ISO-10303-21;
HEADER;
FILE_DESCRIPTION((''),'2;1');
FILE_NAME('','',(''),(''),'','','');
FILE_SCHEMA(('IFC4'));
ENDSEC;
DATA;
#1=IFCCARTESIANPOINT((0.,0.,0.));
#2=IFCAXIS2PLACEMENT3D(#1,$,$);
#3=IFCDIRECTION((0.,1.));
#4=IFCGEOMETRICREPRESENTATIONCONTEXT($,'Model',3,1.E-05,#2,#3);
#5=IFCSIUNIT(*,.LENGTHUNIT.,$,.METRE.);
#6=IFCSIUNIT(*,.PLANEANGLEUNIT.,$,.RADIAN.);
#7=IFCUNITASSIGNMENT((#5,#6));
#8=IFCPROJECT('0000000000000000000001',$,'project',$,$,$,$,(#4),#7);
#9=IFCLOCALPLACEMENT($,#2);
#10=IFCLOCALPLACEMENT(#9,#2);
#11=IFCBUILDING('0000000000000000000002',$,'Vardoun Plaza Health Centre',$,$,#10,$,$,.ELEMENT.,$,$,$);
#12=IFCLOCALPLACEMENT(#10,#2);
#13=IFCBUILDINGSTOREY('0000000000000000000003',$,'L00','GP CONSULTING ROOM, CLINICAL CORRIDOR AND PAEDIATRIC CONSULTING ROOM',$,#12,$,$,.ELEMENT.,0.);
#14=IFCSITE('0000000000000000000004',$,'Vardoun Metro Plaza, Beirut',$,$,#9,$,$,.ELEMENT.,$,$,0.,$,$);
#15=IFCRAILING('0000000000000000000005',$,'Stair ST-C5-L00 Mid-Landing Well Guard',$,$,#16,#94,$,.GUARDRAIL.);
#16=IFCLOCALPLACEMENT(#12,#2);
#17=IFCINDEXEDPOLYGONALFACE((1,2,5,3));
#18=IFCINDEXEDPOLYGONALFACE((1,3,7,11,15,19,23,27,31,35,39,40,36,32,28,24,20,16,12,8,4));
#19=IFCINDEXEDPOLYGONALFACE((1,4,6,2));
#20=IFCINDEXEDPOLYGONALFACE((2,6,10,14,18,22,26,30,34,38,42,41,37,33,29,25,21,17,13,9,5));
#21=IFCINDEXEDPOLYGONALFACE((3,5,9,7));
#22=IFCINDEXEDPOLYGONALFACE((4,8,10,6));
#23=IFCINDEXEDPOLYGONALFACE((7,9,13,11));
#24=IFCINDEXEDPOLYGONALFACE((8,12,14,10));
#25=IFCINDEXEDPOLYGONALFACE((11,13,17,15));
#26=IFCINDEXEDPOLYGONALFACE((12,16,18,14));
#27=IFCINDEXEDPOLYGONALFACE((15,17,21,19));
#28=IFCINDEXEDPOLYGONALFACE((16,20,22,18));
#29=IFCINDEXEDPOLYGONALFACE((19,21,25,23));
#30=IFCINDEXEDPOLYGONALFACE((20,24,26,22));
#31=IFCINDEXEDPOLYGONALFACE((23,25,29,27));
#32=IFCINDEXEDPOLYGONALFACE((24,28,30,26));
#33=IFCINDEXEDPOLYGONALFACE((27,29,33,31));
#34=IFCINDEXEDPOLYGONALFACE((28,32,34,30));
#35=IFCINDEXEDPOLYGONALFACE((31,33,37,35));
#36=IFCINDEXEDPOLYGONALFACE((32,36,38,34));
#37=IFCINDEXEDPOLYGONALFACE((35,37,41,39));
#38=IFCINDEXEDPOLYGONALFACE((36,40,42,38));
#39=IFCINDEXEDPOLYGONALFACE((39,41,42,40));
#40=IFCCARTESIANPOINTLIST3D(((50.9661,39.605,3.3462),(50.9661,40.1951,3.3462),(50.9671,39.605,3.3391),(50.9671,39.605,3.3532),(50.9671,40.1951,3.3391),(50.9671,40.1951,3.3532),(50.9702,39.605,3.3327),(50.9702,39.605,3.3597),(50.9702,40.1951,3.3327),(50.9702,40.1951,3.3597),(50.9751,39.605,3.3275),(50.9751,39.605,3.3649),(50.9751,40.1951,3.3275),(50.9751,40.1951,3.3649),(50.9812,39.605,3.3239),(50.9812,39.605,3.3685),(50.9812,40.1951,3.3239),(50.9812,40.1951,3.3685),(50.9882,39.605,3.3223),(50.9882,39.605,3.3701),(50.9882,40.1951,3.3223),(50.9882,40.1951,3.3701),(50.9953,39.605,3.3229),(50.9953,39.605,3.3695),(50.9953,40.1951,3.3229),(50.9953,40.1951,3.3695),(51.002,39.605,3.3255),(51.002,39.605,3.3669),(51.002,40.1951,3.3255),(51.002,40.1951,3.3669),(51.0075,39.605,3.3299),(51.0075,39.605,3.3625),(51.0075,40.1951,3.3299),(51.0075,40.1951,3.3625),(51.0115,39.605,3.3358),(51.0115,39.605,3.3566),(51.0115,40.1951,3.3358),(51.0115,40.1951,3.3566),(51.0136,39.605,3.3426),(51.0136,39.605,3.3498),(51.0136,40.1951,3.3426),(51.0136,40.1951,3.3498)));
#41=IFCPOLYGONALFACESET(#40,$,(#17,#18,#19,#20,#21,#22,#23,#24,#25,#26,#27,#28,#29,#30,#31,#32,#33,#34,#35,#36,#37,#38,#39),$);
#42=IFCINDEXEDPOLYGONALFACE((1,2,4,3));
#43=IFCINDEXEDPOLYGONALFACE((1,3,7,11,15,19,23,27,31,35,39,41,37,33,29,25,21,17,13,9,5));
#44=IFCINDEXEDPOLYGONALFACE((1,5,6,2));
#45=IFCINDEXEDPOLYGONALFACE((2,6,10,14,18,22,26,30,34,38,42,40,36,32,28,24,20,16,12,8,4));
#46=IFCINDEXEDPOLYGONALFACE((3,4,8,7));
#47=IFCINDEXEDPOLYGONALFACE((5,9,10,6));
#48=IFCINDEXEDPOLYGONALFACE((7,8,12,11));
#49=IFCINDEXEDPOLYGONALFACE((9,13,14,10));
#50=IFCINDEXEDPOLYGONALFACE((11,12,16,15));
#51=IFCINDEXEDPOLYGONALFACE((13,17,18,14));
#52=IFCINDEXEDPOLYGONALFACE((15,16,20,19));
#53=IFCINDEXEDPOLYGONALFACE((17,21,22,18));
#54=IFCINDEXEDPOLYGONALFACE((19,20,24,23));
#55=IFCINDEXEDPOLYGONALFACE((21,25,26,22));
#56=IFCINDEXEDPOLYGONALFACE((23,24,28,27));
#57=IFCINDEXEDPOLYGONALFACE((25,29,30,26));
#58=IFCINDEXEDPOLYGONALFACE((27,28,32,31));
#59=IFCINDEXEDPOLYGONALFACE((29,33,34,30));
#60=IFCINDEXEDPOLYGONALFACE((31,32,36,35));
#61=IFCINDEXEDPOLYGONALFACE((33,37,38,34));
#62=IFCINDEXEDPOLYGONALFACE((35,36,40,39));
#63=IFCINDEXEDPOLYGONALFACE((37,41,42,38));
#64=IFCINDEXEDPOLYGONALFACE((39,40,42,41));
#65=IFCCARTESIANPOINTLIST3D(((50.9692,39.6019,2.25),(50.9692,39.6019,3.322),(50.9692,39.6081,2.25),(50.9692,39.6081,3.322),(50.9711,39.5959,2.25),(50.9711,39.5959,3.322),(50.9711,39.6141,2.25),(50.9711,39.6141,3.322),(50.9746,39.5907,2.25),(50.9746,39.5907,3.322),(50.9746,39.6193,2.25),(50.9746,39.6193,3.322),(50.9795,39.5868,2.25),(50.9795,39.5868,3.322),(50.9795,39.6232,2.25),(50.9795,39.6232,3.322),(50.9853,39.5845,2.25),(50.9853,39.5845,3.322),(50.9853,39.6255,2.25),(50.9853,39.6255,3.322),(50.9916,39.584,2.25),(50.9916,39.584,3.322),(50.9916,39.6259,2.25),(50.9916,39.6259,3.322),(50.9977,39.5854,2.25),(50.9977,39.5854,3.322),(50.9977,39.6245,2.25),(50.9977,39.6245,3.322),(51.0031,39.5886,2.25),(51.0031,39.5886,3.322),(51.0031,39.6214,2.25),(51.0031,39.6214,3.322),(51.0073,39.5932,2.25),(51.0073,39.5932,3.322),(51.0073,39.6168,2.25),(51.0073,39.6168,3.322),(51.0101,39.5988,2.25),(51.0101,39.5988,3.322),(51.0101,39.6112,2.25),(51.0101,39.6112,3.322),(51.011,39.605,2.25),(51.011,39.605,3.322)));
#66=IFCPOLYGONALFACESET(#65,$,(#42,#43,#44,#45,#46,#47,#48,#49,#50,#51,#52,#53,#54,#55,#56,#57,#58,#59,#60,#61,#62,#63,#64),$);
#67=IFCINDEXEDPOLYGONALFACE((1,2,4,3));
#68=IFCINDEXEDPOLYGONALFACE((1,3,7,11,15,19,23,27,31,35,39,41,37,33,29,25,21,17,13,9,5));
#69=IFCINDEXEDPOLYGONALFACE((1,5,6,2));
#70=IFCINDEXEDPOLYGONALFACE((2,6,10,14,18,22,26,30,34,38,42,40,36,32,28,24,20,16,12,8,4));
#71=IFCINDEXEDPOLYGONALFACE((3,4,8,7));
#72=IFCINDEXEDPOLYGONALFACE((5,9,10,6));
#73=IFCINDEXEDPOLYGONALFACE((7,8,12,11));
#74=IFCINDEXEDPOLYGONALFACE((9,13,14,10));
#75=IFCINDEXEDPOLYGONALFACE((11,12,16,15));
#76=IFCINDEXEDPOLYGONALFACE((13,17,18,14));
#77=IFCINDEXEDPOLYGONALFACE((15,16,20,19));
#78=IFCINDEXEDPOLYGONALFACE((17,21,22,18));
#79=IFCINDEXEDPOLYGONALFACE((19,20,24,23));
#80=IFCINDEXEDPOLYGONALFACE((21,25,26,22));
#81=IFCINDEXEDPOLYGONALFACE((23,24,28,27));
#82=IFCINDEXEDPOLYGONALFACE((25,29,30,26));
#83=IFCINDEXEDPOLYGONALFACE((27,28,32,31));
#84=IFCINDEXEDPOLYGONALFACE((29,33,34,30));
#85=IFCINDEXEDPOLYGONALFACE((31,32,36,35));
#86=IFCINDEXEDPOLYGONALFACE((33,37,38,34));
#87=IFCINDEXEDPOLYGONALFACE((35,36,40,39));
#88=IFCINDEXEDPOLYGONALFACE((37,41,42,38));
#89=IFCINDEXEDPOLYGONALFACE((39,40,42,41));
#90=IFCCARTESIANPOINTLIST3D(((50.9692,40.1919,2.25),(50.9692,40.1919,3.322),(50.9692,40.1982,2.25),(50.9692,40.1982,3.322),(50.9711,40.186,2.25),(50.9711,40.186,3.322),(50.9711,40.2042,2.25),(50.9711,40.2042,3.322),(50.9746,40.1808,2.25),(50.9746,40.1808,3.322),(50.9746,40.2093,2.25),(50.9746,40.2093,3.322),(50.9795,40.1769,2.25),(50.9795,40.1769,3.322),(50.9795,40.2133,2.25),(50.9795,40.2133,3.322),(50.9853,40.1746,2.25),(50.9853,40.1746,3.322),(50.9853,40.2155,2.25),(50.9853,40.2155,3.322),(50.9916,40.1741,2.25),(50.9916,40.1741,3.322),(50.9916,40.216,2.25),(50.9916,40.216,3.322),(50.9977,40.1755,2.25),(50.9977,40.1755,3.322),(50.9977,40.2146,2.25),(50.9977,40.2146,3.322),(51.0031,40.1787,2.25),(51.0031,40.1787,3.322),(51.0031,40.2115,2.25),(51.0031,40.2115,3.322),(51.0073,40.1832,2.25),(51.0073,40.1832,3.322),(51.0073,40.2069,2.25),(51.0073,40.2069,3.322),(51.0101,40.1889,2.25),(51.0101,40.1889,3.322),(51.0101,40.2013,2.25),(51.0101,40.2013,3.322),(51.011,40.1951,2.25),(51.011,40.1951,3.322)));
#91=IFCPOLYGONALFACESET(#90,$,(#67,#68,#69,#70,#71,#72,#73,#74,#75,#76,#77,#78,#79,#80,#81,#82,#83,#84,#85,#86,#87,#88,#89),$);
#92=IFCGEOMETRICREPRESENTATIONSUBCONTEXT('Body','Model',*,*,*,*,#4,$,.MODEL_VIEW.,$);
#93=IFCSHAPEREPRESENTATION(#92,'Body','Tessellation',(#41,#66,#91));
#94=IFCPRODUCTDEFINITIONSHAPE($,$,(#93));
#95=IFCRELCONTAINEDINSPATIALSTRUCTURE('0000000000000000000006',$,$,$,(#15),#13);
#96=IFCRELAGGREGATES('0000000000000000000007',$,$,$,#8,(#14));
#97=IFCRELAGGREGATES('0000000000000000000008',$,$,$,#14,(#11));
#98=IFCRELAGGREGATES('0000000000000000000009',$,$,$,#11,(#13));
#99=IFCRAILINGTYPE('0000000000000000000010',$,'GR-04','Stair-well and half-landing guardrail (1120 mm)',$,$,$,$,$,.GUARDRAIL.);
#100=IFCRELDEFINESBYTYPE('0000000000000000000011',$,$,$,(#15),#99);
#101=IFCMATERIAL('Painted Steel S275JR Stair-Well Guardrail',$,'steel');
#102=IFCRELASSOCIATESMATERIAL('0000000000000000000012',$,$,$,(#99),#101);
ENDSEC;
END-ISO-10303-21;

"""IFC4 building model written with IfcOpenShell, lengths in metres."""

from ifc_helpers import new_model, si_unit, direction, frame, origin, origin_2d, place, context, subcontext, project, spatial, circle, extrude, material, type_object, element, save


model = new_model("IFC4")

# Units and contexts
model_context = context("Model", 3, precision=1e-05, world=origin(), true_north=direction((0.0, 1.0)))
body_context = subcontext(model_context, "Body", "Model", "MODEL_VIEW")
ifc_project = project(units=[si_unit("LENGTHUNIT", "METRE"), si_unit("PLANEANGLEUNIT", "RADIAN")], contexts=[model_context])

# Site, building, storey
site_placement = place(None, origin())
site = spatial("IfcSite", under=ifc_project, at=site_placement, Name="Vardoun Metro Plaza, Beirut", CompositionType="ELEMENT", RefElevation=0.0)
building_placement = place(site_placement, origin())
building = spatial("IfcBuilding", under=site, at=building_placement, Name="Vardoun Plaza Health Centre", CompositionType="ELEMENT")
storey_placement = place(building_placement, origin())
storey = spatial("IfcBuildingStorey", under=building, at=storey_placement, Name="L00", Description="GP CONSULTING ROOM, CLINICAL CORRIDOR AND PAEDIATRIC CONSULTING ROOM", CompositionType="ELEMENT", Elevation=0.0)

# Railing
ifc_material_1 = material(Name="Painted Steel S275JR Stair-Well Guardrail", Category="steel")
railing_type_1 = type_object("IfcRailingType", Name="GR-04", Description="Stair-well and half-landing guardrail (1120 mm)", PredefinedType="GUARDRAIL", material=ifc_material_1)
railing_1_placement = place(storey_placement, frame((50.99, 39.605, 2.25)))
element("IfcRailing", 1, at=railing_1_placement, inside=storey, type_object=railing_type_1, Name="Stair ST-C5-L00 Mid-Landing Well Guard", PredefinedType="GUARDRAIL", context=body_context, shape_type="SweptSolid", body=[
    extrude(circle(Radius=0.0239, at=origin_2d()), frame((0.0, 0.0, 1.0962), z_axis=(0.0, 1.0, 0.0), x_axis=(-1.0, 0.0, 0.0)), (0.0, 0.0, 1.0), 0.5901),
    extrude(circle(Radius=0.021, at=origin_2d()), origin(), (0.0, 0.0, 1.0), 1.072),
    extrude(circle(Radius=0.021, at=origin_2d()), frame((0.0, 0.5901, 0.0)), (0.0, 0.0, 1.0), 1.072),
])

save(model, "model.ifc")
